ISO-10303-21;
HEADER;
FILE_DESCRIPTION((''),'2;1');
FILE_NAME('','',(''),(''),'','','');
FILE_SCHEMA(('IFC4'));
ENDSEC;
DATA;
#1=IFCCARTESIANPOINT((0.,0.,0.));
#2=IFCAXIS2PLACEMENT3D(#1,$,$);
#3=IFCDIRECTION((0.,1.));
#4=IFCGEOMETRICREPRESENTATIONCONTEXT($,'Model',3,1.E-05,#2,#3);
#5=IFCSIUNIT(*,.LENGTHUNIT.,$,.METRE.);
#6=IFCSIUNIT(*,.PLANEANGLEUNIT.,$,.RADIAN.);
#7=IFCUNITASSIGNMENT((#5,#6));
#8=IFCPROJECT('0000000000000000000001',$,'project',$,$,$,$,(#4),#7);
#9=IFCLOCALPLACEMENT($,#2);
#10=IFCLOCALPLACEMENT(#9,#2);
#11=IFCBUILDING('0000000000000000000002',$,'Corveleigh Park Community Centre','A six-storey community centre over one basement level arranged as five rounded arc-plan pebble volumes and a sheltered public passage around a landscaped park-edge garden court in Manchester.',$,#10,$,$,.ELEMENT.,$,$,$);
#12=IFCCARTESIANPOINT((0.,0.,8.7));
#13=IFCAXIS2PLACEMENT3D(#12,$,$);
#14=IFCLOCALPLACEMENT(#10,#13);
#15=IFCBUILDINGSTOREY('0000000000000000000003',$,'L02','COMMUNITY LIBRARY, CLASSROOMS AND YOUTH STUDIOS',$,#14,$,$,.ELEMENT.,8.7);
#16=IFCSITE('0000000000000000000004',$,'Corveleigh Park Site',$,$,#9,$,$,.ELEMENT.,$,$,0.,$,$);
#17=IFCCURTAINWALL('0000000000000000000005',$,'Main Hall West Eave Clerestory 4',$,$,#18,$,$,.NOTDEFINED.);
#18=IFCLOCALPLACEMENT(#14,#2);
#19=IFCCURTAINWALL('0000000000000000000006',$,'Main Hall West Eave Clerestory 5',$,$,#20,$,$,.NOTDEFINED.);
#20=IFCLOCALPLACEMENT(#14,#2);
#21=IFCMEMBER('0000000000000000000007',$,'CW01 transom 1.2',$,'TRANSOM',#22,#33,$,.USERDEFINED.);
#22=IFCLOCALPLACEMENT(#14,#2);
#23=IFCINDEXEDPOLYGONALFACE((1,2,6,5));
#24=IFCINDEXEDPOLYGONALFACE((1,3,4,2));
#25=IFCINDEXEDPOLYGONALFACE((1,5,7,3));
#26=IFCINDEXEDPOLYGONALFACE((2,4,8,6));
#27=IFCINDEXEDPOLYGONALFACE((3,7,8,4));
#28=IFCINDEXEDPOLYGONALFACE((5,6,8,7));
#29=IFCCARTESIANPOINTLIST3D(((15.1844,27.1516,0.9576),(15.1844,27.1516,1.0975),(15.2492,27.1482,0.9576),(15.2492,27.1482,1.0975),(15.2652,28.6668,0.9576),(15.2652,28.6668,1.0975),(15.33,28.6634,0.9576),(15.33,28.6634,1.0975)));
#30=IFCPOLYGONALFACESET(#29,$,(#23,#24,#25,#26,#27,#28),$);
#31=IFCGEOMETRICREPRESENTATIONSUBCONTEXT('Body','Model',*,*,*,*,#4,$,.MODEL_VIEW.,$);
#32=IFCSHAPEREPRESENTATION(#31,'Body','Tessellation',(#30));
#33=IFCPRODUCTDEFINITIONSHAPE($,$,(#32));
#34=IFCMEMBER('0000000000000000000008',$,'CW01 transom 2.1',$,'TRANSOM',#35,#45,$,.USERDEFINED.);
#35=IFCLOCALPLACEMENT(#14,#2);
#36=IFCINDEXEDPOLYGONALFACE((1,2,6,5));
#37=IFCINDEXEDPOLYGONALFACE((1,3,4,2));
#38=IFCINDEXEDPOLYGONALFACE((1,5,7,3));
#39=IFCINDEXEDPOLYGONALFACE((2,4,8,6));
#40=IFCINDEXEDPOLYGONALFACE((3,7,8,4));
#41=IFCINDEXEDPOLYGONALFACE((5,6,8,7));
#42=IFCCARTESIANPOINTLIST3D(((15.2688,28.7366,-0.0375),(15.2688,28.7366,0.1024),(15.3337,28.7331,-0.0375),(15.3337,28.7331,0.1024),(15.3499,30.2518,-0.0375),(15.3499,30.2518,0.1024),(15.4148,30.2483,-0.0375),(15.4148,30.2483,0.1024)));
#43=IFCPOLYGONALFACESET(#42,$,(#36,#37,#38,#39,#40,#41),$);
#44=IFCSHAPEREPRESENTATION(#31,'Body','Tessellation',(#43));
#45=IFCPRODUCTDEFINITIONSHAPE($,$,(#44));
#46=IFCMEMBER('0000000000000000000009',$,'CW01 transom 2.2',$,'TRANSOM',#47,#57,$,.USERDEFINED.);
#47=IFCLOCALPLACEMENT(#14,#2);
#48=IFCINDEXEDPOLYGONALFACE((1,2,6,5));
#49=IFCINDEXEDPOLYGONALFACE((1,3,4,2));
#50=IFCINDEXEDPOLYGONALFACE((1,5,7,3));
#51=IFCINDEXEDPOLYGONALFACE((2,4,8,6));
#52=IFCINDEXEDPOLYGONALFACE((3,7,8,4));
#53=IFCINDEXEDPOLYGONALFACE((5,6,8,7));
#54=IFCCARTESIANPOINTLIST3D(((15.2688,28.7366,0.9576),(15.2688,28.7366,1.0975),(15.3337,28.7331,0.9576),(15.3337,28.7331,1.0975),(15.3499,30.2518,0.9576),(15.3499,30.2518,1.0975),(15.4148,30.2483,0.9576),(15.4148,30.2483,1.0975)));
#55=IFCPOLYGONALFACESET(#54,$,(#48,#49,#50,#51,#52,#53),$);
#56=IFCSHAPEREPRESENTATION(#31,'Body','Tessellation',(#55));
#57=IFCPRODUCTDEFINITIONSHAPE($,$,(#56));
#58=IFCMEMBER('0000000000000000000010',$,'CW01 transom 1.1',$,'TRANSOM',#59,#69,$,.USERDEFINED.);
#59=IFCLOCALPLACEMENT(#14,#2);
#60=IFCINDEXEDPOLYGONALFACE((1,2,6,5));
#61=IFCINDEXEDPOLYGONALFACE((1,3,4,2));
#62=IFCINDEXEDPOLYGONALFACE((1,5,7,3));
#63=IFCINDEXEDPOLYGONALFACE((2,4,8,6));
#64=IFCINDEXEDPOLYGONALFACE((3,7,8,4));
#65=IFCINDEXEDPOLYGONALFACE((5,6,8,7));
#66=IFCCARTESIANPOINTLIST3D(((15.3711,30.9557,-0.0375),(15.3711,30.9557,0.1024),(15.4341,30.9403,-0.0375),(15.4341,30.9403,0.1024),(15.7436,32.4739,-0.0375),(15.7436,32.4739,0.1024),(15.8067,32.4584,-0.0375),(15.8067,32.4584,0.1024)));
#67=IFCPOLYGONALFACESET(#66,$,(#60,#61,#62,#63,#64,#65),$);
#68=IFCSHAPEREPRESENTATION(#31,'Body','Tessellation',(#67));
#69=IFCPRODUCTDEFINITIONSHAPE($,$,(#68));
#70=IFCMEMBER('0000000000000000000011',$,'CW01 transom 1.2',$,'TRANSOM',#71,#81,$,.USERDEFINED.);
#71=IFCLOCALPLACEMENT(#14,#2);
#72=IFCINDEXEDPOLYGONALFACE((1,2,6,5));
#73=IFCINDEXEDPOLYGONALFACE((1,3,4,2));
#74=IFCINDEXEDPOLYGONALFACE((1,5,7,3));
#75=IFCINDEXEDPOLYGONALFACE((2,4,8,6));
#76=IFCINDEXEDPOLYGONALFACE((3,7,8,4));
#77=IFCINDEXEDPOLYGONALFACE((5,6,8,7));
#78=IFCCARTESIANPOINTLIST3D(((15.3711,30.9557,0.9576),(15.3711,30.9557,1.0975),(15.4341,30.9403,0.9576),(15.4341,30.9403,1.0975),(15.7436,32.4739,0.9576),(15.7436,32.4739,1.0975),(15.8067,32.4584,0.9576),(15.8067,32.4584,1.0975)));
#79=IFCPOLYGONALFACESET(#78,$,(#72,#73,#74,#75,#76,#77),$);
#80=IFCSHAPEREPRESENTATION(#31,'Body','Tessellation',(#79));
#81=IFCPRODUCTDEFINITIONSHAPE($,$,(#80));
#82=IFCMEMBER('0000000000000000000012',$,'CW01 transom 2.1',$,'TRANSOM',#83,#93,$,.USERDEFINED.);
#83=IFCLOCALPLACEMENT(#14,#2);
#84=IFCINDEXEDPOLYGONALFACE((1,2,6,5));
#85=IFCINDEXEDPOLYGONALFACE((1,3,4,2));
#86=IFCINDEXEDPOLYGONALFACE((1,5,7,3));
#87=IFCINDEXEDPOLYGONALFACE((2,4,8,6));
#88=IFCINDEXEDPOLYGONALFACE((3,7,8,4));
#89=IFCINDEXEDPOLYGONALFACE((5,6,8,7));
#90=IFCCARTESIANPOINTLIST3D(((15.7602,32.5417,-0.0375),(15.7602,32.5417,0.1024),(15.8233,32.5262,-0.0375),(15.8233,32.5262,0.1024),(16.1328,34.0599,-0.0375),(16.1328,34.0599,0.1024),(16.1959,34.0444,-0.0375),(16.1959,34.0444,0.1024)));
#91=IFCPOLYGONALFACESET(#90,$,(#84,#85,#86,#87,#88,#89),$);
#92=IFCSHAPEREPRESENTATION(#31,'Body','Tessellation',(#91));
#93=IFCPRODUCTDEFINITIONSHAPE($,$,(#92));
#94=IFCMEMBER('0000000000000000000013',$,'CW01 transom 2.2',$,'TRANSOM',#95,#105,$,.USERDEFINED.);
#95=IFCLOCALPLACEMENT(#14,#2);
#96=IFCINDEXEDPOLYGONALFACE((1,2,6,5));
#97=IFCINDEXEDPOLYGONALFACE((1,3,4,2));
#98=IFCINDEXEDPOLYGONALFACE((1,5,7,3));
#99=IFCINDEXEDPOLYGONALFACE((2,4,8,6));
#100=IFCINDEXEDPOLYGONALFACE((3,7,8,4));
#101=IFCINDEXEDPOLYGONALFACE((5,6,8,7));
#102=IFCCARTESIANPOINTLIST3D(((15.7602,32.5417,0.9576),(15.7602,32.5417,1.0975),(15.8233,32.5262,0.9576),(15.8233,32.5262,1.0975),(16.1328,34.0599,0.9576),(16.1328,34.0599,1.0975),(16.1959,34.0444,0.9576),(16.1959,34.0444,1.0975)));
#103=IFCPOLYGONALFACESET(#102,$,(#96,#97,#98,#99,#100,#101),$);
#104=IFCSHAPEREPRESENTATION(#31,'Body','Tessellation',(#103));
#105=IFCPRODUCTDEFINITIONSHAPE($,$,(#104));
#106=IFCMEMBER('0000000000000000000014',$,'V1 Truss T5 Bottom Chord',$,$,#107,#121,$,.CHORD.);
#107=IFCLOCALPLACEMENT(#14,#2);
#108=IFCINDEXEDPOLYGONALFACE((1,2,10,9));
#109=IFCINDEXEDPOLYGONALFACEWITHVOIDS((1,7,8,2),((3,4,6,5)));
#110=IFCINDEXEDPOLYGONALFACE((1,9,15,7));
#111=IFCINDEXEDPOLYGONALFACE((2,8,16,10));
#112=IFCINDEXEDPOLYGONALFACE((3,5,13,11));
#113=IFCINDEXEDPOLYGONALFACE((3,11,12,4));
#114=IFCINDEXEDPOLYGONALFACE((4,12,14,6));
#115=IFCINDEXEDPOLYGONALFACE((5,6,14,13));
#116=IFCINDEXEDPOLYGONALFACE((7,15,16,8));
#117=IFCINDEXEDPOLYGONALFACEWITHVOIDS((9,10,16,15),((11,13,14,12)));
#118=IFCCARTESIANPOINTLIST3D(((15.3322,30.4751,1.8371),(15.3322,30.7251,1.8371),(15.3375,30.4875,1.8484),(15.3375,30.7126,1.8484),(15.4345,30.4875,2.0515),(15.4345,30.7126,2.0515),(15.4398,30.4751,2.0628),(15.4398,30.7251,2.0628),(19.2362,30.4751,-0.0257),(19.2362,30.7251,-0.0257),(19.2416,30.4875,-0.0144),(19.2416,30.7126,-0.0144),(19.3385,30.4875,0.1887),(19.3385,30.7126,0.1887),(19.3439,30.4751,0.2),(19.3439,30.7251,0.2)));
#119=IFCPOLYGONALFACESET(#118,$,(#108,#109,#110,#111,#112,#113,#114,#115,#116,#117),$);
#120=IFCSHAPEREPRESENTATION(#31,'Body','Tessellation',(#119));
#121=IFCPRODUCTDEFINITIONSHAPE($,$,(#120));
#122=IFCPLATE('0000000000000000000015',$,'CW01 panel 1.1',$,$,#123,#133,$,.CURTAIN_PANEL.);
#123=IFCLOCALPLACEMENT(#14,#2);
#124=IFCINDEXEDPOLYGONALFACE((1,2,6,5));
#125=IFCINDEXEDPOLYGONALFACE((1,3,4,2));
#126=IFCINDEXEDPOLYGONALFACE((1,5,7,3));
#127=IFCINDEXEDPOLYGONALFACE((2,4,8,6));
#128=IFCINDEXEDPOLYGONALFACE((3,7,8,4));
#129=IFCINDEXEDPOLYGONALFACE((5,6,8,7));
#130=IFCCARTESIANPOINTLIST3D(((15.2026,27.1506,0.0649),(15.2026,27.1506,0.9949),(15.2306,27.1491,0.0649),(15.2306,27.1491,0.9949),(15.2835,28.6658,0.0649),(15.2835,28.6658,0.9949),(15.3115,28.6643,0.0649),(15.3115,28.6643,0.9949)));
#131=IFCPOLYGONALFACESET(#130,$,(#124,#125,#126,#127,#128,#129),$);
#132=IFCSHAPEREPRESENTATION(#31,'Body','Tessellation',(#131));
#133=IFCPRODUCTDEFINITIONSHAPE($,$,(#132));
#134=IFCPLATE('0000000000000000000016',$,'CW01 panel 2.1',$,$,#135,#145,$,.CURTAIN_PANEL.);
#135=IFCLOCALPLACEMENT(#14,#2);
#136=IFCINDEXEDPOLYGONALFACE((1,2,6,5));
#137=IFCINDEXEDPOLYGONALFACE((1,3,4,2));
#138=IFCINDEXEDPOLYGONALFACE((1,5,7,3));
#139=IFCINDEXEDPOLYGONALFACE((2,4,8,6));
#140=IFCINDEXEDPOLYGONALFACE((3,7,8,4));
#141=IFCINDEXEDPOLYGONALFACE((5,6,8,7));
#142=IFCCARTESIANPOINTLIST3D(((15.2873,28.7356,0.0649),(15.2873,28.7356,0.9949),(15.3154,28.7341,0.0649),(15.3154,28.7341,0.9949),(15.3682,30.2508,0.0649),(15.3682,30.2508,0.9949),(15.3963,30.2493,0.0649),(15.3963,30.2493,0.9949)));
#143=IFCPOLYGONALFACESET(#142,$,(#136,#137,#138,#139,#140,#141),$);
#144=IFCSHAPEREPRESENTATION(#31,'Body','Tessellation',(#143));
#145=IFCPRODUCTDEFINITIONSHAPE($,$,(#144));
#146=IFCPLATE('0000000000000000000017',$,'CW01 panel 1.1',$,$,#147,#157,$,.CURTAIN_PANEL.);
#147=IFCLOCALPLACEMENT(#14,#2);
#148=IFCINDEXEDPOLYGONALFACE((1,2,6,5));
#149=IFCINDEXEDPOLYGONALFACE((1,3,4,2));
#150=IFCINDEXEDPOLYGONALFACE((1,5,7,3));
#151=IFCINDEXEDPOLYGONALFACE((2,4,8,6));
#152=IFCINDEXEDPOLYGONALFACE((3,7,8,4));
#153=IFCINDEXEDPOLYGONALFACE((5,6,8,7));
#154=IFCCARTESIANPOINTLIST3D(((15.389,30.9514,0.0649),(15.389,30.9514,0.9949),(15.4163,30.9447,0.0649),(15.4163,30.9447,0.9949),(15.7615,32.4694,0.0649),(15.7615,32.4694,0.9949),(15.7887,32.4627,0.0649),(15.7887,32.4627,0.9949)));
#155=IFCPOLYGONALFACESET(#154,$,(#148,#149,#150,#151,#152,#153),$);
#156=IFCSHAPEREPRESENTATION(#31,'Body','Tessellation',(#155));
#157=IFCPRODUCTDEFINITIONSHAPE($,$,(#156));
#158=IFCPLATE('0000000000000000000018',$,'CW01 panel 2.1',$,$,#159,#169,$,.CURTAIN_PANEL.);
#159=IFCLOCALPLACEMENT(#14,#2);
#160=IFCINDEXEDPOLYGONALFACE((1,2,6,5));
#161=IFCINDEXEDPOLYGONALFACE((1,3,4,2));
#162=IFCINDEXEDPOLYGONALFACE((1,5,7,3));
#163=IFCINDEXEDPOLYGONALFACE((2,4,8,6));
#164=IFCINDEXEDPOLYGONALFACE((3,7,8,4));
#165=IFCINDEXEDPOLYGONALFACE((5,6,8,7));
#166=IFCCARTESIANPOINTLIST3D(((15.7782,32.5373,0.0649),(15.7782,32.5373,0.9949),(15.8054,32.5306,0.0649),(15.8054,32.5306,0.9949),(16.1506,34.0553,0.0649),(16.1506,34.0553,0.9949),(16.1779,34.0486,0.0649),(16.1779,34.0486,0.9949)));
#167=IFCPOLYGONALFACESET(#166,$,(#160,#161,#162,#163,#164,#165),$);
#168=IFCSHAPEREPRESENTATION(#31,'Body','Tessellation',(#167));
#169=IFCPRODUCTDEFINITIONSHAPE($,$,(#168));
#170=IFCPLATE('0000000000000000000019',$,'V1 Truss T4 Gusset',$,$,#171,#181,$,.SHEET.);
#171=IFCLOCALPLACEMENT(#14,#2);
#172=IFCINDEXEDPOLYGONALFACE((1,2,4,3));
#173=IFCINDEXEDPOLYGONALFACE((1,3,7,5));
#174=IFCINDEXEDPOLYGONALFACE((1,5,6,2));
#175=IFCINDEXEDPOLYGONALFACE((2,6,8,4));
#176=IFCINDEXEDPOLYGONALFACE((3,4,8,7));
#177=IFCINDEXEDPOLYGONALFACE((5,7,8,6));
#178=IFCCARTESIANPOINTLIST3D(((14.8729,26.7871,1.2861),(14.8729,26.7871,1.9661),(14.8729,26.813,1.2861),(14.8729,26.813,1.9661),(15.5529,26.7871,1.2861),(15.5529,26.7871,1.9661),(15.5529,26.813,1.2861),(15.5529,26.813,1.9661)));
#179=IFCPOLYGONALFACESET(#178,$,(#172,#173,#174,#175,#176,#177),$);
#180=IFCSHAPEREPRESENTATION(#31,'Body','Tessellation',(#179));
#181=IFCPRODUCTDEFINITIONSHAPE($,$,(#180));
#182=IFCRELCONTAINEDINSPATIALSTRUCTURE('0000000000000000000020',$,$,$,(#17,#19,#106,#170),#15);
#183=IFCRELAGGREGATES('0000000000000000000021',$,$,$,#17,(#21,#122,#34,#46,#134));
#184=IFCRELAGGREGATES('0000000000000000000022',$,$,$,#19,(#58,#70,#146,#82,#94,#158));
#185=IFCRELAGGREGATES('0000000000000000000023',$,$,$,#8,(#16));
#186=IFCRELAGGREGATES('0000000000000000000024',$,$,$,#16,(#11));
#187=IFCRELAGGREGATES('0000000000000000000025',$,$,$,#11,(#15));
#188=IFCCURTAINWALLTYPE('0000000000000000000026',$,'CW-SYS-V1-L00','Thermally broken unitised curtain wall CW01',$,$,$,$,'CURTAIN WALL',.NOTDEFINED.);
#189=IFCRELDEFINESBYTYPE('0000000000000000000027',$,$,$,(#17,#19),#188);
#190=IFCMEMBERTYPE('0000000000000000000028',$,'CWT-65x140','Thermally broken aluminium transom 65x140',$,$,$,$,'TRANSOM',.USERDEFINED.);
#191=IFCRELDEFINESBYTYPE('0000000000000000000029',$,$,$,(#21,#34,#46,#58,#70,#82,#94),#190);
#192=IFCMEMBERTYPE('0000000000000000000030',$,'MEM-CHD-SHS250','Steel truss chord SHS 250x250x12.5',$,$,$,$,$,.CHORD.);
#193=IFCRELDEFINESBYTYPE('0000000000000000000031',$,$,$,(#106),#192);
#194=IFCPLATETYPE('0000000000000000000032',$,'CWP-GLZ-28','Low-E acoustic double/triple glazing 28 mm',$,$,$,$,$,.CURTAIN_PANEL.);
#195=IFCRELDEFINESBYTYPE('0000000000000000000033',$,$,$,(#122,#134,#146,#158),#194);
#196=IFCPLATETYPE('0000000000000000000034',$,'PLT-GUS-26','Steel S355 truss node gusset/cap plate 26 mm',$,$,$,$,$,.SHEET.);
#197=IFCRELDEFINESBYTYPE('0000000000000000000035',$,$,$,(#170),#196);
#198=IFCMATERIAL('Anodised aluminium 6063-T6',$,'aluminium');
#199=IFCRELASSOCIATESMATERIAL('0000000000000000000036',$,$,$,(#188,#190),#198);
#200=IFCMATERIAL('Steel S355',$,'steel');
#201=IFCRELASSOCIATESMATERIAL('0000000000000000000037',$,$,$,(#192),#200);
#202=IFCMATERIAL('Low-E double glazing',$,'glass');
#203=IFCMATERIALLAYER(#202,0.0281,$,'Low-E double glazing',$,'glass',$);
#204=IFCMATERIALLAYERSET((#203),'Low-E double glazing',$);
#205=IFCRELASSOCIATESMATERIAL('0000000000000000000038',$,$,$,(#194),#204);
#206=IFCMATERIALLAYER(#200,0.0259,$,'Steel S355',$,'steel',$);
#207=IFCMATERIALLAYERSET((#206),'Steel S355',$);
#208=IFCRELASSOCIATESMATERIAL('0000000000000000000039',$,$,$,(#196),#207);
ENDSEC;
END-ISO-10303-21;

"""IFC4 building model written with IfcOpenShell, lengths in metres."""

from ifc_helpers import new_model, si_unit, direction, frame, origin, origin_2d, place, context, subcontext, project, spatial, rectangle, hollow_rectangle, extrude, material, layer, layer_set, material_profile, profile_set, type_object, element, aggregate, save


model = new_model("IFC4")

# Units and contexts
model_context = context("Model", 3, precision=1e-05, world=origin(), true_north=direction((0.0, 1.0)))
body_context = subcontext(model_context, "Body", "Model", "MODEL_VIEW")
ifc_project = project(units=[si_unit("LENGTHUNIT", "METRE"), si_unit("PLANEANGLEUNIT", "RADIAN")], contexts=[model_context])

# Site, building, storey
site_placement = place(None, origin())
site = spatial("IfcSite", under=ifc_project, at=site_placement, Name="Corveleigh Park Site", CompositionType="ELEMENT", RefElevation=0.0)
building_placement = place(site_placement, origin())
building = spatial("IfcBuilding", under=site, at=building_placement, Name="Corveleigh Park Community Centre", Description="A six-storey community centre over one basement level arranged as five rounded arc-plan pebble volumes and a sheltered public passage around a landscaped park-edge garden court in Manchester.", CompositionType="ELEMENT")
storey_placement = place(building_placement, frame((0.0, 0.0, 8.7)))
storey = spatial("IfcBuildingStorey", under=building, at=storey_placement, Name="L02", Description="COMMUNITY LIBRARY, CLASSROOMS AND YOUTH STUDIOS", CompositionType="ELEMENT", Elevation=8.7)

# Shared definitions
ifc_material_1 = material(Name="Steel S355", Category="steel")

# Curtain walls
ifc_material_2 = material(Name="Anodised aluminium 6063-T6", Category="aluminium")
curtain_wall_type = type_object("IfcCurtainWallType", Name="CW-SYS-V1-L00", Description="Thermally broken unitised curtain wall CW01", ElementType="CURTAIN WALL", PredefinedType="NOTDEFINED", material=ifc_material_2)
curtain_wall_1_placement = place(storey_placement, origin())
curtain_wall_1 = element("IfcCurtainWall", 1, at=curtain_wall_1_placement, inside=storey, type_object=curtain_wall_type, Name="Main Hall West Eave Clerestory 4", PredefinedType="NOTDEFINED")
curtain_wall_2_placement = place(storey_placement, origin())
curtain_wall_2 = element("IfcCurtainWall", 2, at=curtain_wall_2_placement, inside=storey, type_object=curtain_wall_type, Name="Main Hall West Eave Clerestory 5", PredefinedType="NOTDEFINED")

# Members
ifc_material_profile_1 = material_profile(ifc_material_2, rectangle(XDim=0.0649, YDim=0.1399, at=origin_2d()), Name="ALU-T65x140", Category="aluminium")
ifc_profile_set_1 = profile_set([ifc_material_profile_1], Name="Anodised aluminium 6063-T6")
member_type_1 = type_object("IfcMemberType", Name="CWT-65x140", Description="Thermally broken aluminium transom 65x140", ElementType="TRANSOM", PredefinedType="USERDEFINED", material=ifc_profile_set_1)
member_1_placement = place(storey_placement, frame((15.2168, 27.1499, 1.0276), z_axis=(0.05326, 0.998581, 0.0), x_axis=(-0.998581, 0.05326, 0.0)))
member_1 = element("IfcMember", 3, at=member_1_placement, type_object=member_type_1, Name="CW01 transom 1.2", ObjectType="TRANSOM", PredefinedType="USERDEFINED", context=body_context, shape_type="SweptSolid", body=[
    extrude(rectangle(XDim=0.0649, YDim=0.1399, at=origin_2d()), origin(), (0.0, 0.0, 1.0), 1.5173),
])
member_2_placement = place(storey_placement, frame((15.3013, 28.7349, 0.0325), z_axis=(0.05342, 0.998572, 0.0), x_axis=(-0.998572, 0.05342, 0.0)))
member_2 = element("IfcMember", 4, at=member_2_placement, type_object=member_type_1, Name="CW01 transom 2.1", ObjectType="TRANSOM", PredefinedType="USERDEFINED", context=body_context, shape_type="SweptSolid", body=[
    extrude(rectangle(XDim=0.0649, YDim=0.1399, at=origin_2d()), origin(), (0.0, 0.0, 1.0), 1.5173),
])
member_3_placement = place(storey_placement, frame((15.3013, 28.7349, 1.0276), z_axis=(0.05342, 0.998572, 0.0), x_axis=(-0.998572, 0.05342, 0.0)))
member_3 = element("IfcMember", 5, at=member_3_placement, type_object=member_type_1, Name="CW01 transom 2.2", ObjectType="TRANSOM", PredefinedType="USERDEFINED", context=body_context, shape_type="SweptSolid", body=[
    extrude(rectangle(XDim=0.0649, YDim=0.1399, at=origin_2d()), origin(), (0.0, 0.0, 1.0), 1.5173),
])
member_4_placement = place(storey_placement, frame((15.4026, 30.948, 0.0325), z_axis=(0.238344, 0.971181, 0.0), x_axis=(-0.971181, 0.238344, 0.0)))
member_4 = element("IfcMember", 6, at=member_4_placement, type_object=member_type_1, Name="CW01 transom 1.1", ObjectType="TRANSOM", PredefinedType="USERDEFINED", context=body_context, shape_type="SweptSolid", body=[
    extrude(rectangle(XDim=0.0649, YDim=0.1399, at=origin_2d()), origin(), (0.0, 0.0, 1.0), 1.5632),
])
member_5_placement = place(storey_placement, frame((15.4026, 30.948, 1.0276), z_axis=(0.238344, 0.971181, 0.0), x_axis=(-0.971181, 0.238344, 0.0)))
member_5 = element("IfcMember", 7, at=member_5_placement, type_object=member_type_1, Name="CW01 transom 1.2", ObjectType="TRANSOM", PredefinedType="USERDEFINED", context=body_context, shape_type="SweptSolid", body=[
    extrude(rectangle(XDim=0.0649, YDim=0.1399, at=origin_2d()), origin(), (0.0, 0.0, 1.0), 1.5632),
])
member_6_placement = place(storey_placement, frame((15.7917, 32.5339, 0.0325), z_axis=(0.238344, 0.971181, 0.0), x_axis=(-0.971181, 0.238344, 0.0)))
member_6 = element("IfcMember", 8, at=member_6_placement, type_object=member_type_1, Name="CW01 transom 2.1", ObjectType="TRANSOM", PredefinedType="USERDEFINED", context=body_context, shape_type="SweptSolid", body=[
    extrude(rectangle(XDim=0.0649, YDim=0.1399, at=origin_2d()), origin(), (0.0, 0.0, 1.0), 1.5632),
])
member_7_placement = place(storey_placement, frame((15.7917, 32.5339, 1.0276), z_axis=(0.238344, 0.971181, 0.0), x_axis=(-0.971181, 0.238344, 0.0)))
member_7 = element("IfcMember", 9, at=member_7_placement, type_object=member_type_1, Name="CW01 transom 2.2", ObjectType="TRANSOM", PredefinedType="USERDEFINED", context=body_context, shape_type="SweptSolid", body=[
    extrude(rectangle(XDim=0.0649, YDim=0.1399, at=origin_2d()), origin(), (0.0, 0.0, 1.0), 1.5632),
])
ifc_material_profile_2 = material_profile(ifc_material_1, hollow_rectangle(XDim=0.25, YDim=0.25, WallThickness=0.0125, at=origin_2d()), Name="SHS 250x250x12.5", Category="steel")
ifc_profile_set_2 = profile_set([ifc_material_profile_2], Name="Steel S355")
member_type_2 = type_object("IfcMemberType", Name="MEM-CHD-SHS250", Description="Steel truss chord SHS 250x250x12.5", PredefinedType="CHORD", material=ifc_profile_set_2)
member_8_placement = place(storey_placement, frame((15.386, 30.6001, 1.95), z_axis=(0.902526, 0.0, -0.430635), x_axis=(0.0, 1.0, 0.0)))
element("IfcMember", 10, at=member_8_placement, inside=storey, type_object=member_type_2, Name="V1 Truss T5 Bottom Chord", PredefinedType="CHORD", context=body_context, shape_type="SweptSolid", body=[
    extrude(hollow_rectangle(XDim=0.25, YDim=0.25, WallThickness=0.0125, at=origin_2d()), origin(), (0.0, 0.0, 1.0), 4.3257),
])

# Plates
ifc_material_3 = material(Name="Low-E double glazing", Category="glass")
ifc_layer_1 = layer(ifc_material_3, 0.0281, Name="Low-E double glazing", Category="glass")
ifc_layer_set_1 = layer_set([ifc_layer_1], Name="Low-E double glazing")
plate_type_1 = type_object("IfcPlateType", Name="CWP-GLZ-28", Description="Low-E acoustic double/triple glazing 28 mm", PredefinedType="CURTAIN_PANEL", material=ifc_layer_set_1)
plate_1_placement = place(storey_placement, frame((15.2571, 27.9075, 0.0649), z_axis=(0.0, 0.0, 1.0), x_axis=(0.053319, 0.998578, 0.0)))
plate_1 = element("IfcPlate", 11, at=plate_1_placement, type_object=plate_type_1, Name="CW01 panel 1.1", PredefinedType="CURTAIN_PANEL", context=body_context, shape_type="SweptSolid", body=[
    extrude(rectangle(XDim=1.5173, YDim=0.0281, at=origin_2d()), origin(), (0.0, 0.0, 1.0), 0.9299),
])
plate_2_placement = place(storey_placement, frame((15.3418, 29.4924, 0.0649), z_axis=(0.0, 0.0, 1.0), x_axis=(0.053319, 0.998578, 0.0)))
plate_2 = element("IfcPlate", 12, at=plate_2_placement, type_object=plate_type_1, Name="CW01 panel 2.1", PredefinedType="CURTAIN_PANEL", context=body_context, shape_type="SweptSolid", body=[
    extrude(rectangle(XDim=1.5173, YDim=0.0281, at=origin_2d()), origin(), (0.0, 0.0, 1.0), 0.9299),
])
aggregate(curtain_wall_1, [member_1, plate_1, member_2, member_3, plate_2])
plate_3_placement = place(storey_placement, frame((15.5889, 31.707, 0.0649), z_axis=(0.0, 0.0, 1.0), x_axis=(0.238302, 0.971191, 0.0)))
plate_3 = element("IfcPlate", 13, at=plate_3_placement, type_object=plate_type_1, Name="CW01 panel 1.1", PredefinedType="CURTAIN_PANEL", context=body_context, shape_type="SweptSolid", body=[
    extrude(rectangle(XDim=1.563, YDim=0.0281, at=origin_2d()), origin(), (0.0, 0.0, 1.0), 0.9299),
])
plate_4_placement = place(storey_placement, frame((15.978, 33.293, 0.0649), z_axis=(0.0, 0.0, 1.0), x_axis=(0.238302, 0.971191, 0.0)))
plate_4 = element("IfcPlate", 14, at=plate_4_placement, type_object=plate_type_1, Name="CW01 panel 2.1", PredefinedType="CURTAIN_PANEL", context=body_context, shape_type="SweptSolid", body=[
    extrude(rectangle(XDim=1.563, YDim=0.0281, at=origin_2d()), origin(), (0.0, 0.0, 1.0), 0.9299),
])
aggregate(curtain_wall_2, [member_4, member_5, plate_3, member_6, member_7, plate_4])

# Plate
ifc_layer_2 = layer(ifc_material_1, 0.0259, Name="Steel S355", Category="steel")
ifc_layer_set_2 = layer_set([ifc_layer_2], Name="Steel S355")
plate_type_2 = type_object("IfcPlateType", Name="PLT-GUS-26", Description="Steel S355 truss node gusset/cap plate 26 mm", PredefinedType="SHEET", material=ifc_layer_set_2)
plate_5_placement = place(storey_placement, frame((15.2129, 26.8, 1.2861), z_axis=(0.0, 0.0, 1.0), x_axis=(1.0, 0.0, 0.0)))
element("IfcPlate", 15, at=plate_5_placement, inside=storey, type_object=plate_type_2, Name="V1 Truss T4 Gusset", PredefinedType="SHEET", context=body_context, shape_type="SweptSolid", body=[
    extrude(rectangle(XDim=0.6799, YDim=0.0259, at=origin_2d()), origin(), (0.0, 0.0, 1.0), 0.6799),
])

save(model, "model.ifc")
